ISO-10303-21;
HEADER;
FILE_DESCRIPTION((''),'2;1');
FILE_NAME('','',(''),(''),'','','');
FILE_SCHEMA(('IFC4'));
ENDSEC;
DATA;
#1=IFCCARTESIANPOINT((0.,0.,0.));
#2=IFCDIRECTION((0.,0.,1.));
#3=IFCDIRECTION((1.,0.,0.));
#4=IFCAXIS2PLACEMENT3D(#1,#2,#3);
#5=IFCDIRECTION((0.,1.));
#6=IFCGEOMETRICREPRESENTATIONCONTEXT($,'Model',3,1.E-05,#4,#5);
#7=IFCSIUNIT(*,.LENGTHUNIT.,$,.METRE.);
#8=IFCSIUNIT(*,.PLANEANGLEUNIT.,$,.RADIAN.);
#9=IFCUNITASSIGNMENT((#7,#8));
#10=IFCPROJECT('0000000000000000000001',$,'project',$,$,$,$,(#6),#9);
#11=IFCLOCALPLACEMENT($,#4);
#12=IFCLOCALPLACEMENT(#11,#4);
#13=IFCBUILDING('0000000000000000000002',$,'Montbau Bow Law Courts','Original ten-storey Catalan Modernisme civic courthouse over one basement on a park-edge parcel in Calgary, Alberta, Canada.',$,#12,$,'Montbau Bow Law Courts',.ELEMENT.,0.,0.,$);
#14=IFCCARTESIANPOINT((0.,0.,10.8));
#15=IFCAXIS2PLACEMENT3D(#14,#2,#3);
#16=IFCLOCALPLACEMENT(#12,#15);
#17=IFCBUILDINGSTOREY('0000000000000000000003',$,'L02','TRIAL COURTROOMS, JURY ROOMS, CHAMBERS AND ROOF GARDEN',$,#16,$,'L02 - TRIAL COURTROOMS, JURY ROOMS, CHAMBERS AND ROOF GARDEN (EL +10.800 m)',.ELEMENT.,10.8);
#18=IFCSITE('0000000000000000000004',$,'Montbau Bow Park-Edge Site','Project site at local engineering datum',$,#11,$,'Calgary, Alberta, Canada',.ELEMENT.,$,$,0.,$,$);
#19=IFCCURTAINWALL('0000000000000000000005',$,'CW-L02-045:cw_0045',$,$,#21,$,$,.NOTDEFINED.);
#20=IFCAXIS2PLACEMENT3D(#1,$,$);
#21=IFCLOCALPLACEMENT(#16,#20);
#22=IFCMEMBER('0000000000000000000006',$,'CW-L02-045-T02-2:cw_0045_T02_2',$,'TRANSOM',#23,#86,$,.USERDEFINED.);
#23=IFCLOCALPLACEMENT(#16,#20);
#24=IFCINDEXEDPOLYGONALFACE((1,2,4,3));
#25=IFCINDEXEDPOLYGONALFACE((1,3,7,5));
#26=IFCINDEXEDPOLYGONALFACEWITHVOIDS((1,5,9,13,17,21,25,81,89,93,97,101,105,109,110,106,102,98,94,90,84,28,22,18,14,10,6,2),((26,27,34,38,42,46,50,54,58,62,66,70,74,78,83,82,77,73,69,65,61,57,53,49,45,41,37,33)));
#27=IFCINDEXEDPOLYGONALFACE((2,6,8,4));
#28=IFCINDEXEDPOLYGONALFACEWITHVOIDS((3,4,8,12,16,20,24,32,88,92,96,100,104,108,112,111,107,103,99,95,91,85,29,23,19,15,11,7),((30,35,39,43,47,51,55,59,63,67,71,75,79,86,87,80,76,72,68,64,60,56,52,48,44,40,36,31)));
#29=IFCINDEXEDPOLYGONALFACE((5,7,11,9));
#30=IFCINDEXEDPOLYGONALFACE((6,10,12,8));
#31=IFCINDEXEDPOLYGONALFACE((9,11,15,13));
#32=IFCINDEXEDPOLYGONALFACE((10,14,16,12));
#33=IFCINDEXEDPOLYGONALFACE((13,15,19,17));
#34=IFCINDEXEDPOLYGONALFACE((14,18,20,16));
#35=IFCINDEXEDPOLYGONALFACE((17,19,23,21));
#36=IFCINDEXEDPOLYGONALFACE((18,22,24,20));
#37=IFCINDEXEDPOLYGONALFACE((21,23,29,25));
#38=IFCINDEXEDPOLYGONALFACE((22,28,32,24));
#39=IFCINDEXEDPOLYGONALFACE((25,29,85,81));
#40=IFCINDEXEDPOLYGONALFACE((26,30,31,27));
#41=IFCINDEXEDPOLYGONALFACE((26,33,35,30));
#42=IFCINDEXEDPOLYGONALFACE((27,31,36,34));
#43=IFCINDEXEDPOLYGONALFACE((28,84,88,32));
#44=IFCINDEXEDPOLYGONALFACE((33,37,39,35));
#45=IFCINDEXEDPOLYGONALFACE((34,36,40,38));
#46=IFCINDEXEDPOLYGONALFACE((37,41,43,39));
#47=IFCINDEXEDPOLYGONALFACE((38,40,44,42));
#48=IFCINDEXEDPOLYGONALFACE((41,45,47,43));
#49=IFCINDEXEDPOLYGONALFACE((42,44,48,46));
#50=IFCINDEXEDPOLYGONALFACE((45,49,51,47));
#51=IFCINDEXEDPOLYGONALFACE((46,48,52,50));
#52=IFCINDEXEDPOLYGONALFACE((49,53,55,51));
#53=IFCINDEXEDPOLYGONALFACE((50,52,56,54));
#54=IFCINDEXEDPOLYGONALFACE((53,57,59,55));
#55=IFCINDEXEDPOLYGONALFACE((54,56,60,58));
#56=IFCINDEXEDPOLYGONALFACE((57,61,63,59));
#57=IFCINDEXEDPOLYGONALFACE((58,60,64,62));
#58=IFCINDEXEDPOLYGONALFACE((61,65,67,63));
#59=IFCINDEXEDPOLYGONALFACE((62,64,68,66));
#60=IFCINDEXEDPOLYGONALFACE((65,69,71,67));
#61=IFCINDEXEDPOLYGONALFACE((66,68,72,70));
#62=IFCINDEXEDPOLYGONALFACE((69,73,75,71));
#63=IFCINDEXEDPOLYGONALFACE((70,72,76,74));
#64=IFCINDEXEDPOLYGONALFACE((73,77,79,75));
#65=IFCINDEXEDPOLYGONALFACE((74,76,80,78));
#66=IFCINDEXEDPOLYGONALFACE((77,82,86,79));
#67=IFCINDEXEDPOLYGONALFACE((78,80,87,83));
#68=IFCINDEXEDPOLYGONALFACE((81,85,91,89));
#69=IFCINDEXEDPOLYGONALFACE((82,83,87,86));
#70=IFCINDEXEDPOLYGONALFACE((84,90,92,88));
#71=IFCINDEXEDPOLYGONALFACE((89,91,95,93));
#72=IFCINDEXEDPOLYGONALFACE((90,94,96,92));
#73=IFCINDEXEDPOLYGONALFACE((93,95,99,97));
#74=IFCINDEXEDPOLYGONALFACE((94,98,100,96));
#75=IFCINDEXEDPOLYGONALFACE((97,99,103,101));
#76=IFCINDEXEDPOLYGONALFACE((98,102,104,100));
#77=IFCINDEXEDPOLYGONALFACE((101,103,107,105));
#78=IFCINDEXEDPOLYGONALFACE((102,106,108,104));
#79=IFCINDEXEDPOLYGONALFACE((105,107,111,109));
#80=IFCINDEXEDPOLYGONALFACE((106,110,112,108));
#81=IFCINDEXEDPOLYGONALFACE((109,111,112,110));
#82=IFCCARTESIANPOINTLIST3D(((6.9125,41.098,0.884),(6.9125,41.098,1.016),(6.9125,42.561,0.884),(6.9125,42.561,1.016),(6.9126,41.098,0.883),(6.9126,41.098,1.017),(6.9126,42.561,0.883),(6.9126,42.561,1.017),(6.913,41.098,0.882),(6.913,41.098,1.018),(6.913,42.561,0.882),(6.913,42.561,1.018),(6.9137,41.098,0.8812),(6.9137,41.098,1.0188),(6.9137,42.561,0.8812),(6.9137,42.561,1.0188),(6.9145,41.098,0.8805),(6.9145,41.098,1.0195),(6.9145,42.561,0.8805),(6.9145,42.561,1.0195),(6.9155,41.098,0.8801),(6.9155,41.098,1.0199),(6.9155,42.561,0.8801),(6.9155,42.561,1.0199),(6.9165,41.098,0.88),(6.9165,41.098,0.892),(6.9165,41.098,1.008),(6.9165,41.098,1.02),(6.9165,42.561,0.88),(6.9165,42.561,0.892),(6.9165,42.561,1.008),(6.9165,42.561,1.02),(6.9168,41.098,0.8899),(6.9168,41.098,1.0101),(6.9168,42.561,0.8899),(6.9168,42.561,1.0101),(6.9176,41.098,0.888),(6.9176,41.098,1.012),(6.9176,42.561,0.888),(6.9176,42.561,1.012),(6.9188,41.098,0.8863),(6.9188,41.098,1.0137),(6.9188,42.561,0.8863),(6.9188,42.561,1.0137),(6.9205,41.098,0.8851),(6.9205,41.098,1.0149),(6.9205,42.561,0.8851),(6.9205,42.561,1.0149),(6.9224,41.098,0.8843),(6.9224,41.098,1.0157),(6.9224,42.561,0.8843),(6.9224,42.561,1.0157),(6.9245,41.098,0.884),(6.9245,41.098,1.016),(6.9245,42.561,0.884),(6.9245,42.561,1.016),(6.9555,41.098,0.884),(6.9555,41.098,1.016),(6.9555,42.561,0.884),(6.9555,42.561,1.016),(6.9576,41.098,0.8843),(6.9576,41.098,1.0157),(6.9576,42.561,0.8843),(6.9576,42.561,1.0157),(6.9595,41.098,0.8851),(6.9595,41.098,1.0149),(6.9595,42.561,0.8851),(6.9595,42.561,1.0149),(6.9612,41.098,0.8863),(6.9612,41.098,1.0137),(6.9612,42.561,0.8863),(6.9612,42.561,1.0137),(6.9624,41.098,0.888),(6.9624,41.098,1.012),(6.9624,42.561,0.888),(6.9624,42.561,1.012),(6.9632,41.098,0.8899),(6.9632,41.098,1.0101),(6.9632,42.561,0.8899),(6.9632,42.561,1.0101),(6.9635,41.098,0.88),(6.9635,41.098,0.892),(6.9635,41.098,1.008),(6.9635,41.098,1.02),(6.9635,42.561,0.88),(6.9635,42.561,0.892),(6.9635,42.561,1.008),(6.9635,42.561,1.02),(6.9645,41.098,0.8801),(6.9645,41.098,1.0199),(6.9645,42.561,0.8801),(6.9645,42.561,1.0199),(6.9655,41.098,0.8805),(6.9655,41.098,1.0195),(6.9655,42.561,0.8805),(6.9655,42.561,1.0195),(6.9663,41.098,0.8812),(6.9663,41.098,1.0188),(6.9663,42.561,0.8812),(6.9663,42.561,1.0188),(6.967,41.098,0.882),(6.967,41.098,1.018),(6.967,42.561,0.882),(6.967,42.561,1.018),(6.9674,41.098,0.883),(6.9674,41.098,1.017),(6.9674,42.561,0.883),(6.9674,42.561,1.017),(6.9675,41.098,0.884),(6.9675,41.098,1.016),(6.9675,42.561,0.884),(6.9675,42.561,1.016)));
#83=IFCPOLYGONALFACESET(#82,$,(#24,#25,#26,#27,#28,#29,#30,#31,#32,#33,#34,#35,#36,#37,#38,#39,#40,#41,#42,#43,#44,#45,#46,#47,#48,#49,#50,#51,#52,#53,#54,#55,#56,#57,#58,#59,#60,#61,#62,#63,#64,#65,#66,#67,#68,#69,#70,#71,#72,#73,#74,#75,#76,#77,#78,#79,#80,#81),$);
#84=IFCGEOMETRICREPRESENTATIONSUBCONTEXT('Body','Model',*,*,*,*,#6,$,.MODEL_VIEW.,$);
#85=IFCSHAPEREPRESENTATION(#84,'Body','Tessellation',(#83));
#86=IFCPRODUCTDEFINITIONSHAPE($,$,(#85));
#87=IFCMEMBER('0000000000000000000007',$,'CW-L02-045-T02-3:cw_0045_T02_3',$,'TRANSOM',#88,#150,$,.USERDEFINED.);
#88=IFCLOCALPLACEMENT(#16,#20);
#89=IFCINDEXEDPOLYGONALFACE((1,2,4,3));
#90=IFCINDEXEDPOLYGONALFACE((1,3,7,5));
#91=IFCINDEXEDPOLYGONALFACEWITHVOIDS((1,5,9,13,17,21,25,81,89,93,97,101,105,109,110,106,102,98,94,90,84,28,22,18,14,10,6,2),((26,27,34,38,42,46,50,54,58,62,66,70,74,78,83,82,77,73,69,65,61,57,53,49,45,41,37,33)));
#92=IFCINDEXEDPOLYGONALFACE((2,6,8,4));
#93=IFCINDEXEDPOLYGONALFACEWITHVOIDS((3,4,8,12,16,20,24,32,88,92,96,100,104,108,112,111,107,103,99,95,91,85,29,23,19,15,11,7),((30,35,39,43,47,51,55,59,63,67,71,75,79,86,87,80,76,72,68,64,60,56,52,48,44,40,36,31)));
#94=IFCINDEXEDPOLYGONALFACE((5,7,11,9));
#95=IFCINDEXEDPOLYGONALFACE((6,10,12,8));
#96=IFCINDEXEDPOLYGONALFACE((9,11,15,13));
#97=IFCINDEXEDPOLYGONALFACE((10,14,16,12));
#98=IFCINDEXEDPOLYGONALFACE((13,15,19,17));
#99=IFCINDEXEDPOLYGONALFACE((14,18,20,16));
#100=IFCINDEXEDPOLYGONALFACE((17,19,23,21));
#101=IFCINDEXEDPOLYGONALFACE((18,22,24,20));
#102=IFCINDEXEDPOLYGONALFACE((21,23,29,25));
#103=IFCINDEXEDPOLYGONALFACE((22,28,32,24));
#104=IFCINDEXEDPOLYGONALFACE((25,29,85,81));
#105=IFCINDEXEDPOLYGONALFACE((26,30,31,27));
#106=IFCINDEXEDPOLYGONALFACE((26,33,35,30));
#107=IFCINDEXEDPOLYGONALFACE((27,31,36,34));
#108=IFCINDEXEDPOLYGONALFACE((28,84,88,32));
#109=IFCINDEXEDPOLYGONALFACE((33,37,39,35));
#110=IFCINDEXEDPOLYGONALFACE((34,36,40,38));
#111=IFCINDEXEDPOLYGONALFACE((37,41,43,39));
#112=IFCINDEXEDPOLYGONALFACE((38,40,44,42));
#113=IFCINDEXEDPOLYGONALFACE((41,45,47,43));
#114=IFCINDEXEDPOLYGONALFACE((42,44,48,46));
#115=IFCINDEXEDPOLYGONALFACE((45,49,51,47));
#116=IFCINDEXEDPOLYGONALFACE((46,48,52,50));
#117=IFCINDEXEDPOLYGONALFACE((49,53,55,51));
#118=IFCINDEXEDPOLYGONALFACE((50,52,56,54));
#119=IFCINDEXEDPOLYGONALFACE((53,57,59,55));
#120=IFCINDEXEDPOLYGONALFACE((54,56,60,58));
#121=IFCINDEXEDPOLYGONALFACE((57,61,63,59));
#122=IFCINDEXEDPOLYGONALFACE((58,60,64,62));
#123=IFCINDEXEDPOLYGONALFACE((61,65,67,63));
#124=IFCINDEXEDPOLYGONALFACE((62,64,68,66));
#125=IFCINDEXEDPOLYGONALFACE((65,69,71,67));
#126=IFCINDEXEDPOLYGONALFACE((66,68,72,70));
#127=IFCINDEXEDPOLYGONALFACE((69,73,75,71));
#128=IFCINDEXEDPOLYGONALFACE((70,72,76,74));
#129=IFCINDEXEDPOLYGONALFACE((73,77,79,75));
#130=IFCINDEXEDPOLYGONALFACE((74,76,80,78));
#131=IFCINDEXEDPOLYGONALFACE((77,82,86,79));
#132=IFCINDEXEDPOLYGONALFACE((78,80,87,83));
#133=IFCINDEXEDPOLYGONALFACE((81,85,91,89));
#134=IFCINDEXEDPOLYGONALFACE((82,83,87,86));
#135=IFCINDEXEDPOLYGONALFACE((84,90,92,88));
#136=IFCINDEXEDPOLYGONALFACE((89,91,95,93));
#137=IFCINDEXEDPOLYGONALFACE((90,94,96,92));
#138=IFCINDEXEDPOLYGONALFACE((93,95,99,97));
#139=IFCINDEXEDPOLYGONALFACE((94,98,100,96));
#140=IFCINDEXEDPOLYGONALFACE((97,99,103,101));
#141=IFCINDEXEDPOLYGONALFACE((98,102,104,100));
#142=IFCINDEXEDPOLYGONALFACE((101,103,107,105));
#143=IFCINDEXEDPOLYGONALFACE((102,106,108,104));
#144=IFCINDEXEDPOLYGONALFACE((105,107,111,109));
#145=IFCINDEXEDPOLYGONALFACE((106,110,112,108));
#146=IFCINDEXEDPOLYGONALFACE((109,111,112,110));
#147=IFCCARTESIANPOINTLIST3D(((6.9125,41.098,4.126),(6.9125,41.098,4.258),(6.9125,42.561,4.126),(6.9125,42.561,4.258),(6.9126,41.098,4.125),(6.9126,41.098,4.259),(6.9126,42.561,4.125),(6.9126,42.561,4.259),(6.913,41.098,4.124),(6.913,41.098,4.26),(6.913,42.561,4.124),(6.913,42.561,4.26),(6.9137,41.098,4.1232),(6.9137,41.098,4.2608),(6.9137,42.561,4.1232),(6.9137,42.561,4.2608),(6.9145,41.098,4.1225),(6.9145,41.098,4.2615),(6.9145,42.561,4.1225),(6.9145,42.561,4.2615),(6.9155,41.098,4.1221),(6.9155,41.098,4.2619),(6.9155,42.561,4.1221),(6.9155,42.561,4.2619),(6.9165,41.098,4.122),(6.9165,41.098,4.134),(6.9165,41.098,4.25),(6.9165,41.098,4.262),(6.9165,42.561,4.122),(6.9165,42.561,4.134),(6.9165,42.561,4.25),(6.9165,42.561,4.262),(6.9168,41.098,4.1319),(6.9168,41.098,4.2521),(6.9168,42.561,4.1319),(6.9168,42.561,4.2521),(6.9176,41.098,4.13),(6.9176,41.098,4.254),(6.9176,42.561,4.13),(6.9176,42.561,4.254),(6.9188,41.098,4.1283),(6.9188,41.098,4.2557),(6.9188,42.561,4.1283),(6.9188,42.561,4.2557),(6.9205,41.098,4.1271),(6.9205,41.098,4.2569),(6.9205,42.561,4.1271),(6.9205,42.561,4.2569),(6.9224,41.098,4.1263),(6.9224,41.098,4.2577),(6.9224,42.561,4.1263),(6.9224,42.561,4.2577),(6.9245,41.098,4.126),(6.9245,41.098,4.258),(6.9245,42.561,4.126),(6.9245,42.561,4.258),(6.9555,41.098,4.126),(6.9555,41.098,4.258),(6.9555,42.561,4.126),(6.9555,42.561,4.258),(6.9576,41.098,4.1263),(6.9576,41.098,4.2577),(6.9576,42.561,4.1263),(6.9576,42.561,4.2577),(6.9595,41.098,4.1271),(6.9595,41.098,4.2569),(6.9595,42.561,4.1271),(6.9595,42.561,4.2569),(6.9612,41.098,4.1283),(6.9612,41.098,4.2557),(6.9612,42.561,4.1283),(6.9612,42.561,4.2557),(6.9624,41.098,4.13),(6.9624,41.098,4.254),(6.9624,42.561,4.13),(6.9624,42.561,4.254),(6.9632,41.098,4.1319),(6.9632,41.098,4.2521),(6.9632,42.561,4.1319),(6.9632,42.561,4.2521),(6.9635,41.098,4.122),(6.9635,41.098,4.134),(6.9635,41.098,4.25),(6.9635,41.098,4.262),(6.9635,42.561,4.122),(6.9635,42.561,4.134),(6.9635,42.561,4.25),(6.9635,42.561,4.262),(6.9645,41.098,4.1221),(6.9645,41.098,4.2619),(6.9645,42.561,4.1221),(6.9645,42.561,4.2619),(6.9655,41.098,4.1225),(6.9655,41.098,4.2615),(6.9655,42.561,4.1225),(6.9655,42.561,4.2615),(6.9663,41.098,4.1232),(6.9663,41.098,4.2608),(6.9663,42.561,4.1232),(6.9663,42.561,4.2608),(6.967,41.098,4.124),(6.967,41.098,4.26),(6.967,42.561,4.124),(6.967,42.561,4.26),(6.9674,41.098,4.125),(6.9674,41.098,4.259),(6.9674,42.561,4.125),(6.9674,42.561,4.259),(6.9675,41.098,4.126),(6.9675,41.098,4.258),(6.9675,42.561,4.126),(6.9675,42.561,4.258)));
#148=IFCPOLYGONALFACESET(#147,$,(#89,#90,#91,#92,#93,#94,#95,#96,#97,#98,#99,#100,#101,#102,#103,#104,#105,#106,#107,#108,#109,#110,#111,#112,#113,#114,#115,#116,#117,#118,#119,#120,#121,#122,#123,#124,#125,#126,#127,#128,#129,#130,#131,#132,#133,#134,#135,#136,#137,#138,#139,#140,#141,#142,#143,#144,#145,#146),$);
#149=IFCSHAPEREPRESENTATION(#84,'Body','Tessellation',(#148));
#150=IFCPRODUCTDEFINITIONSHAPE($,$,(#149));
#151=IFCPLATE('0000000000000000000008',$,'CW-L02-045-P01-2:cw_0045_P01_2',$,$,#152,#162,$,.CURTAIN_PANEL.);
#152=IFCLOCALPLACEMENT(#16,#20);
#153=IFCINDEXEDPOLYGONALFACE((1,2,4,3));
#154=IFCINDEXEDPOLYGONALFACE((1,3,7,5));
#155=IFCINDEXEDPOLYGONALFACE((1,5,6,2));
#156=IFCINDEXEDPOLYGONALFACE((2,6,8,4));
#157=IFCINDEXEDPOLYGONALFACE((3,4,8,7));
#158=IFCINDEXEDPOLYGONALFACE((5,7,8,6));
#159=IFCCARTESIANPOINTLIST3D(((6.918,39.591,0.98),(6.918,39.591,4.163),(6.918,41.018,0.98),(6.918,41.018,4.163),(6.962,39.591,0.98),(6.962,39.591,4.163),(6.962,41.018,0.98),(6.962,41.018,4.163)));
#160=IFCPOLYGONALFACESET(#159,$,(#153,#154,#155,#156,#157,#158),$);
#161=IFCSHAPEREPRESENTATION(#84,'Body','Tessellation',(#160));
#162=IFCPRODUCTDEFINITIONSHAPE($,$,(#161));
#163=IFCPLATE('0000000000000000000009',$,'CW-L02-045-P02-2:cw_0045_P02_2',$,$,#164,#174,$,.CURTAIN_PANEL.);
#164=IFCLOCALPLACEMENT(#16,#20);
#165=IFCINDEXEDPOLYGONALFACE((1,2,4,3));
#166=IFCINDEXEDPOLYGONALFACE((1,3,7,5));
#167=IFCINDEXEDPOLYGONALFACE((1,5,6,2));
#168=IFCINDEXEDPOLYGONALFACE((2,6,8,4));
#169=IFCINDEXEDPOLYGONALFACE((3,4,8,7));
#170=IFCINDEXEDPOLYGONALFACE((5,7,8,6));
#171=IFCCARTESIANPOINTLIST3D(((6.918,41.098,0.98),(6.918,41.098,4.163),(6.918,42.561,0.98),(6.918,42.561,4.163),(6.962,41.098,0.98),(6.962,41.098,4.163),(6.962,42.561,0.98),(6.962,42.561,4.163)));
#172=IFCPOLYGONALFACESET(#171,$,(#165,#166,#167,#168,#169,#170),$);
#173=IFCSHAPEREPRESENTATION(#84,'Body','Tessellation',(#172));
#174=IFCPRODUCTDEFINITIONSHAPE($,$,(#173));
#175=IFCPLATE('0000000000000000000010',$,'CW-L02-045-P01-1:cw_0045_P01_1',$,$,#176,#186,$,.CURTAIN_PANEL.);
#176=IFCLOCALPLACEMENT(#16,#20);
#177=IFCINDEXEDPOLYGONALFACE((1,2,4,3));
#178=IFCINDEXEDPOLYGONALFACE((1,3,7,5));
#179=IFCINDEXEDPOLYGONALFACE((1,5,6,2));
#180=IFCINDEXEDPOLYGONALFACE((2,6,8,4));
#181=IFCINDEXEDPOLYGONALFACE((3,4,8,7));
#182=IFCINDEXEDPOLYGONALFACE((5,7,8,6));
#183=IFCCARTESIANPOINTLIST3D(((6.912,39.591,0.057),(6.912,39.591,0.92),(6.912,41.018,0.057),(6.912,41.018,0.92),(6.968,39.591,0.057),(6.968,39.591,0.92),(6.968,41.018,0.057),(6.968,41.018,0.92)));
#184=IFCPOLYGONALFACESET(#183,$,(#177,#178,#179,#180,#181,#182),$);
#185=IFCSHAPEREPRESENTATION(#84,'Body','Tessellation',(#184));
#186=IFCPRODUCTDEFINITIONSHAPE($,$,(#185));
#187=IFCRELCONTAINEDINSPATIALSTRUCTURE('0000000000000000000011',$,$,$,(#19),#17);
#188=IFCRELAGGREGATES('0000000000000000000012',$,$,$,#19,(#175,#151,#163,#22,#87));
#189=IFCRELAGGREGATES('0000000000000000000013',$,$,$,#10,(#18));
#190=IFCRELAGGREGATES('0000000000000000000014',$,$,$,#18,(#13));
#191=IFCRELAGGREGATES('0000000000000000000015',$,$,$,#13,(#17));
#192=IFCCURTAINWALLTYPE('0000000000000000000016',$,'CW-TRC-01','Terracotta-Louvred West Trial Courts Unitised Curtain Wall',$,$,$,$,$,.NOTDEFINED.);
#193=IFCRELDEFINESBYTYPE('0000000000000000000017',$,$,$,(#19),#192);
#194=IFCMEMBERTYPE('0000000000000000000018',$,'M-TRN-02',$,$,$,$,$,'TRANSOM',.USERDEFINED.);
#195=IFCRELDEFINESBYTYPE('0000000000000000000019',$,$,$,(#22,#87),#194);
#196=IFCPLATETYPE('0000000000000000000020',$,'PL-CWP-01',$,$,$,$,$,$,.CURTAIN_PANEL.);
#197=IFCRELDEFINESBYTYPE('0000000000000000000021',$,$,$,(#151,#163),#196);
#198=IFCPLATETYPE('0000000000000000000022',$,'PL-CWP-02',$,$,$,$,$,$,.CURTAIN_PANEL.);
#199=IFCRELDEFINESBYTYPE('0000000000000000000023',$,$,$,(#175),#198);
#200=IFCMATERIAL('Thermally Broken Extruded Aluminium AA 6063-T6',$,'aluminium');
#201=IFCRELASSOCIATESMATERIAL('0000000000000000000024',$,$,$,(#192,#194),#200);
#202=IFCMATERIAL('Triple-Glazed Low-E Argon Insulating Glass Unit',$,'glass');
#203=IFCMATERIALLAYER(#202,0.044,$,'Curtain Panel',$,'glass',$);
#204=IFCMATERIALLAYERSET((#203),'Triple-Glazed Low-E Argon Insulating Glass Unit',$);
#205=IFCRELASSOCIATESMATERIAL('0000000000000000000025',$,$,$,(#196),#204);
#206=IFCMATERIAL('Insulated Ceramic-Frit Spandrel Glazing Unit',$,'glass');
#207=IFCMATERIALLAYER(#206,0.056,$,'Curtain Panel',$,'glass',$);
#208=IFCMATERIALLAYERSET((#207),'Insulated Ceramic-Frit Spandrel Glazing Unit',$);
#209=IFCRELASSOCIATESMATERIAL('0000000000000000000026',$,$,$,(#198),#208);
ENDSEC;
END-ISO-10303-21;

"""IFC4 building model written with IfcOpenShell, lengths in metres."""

from ifc_helpers import new_model, si_unit, direction, frame, frame_2d, origin_with_axes, origin_2d_with_axis, place, context, subcontext, project, spatial, rectangle, hollow_rectangle, extrude, material, layer, layer_set, material_profile, profile_set, type_object, element, aggregate, save


model = new_model("IFC4")

# Units and contexts
model_context = context("Model", 3, precision=1e-05, world=origin_with_axes(), true_north=direction((0.0, 1.0)))
body_context = subcontext(model_context, "Body", "Model", "MODEL_VIEW")
ifc_project = project(units=[si_unit("LENGTHUNIT", "METRE"), si_unit("PLANEANGLEUNIT", "RADIAN")], contexts=[model_context])

# Site, building, storey
site_placement = place(None, origin_with_axes())
site = spatial("IfcSite", under=ifc_project, at=site_placement, Name="Montbau Bow Park-Edge Site", Description="Project site at local engineering datum", LongName="Calgary, Alberta, Canada", CompositionType="ELEMENT", RefElevation=0.0)
building_placement = place(site_placement, origin_with_axes())
building = spatial("IfcBuilding", under=site, at=building_placement, Name="Montbau Bow Law Courts", Description="Original ten-storey Catalan Modernisme civic courthouse over one basement on a park-edge parcel in Calgary, Alberta, Canada.", LongName="Montbau Bow Law Courts", CompositionType="ELEMENT", ElevationOfRefHeight=0.0, ElevationOfTerrain=0.0)
storey_placement = place(building_placement, frame((0.0, 0.0, 10.8), z_axis=(0.0, 0.0, 1.0), x_axis=(1.0, 0.0, 0.0)))
storey = spatial("IfcBuildingStorey", under=building, at=storey_placement, Name="L02", Description="TRIAL COURTROOMS, JURY ROOMS, CHAMBERS AND ROOF GARDEN", LongName="L02 - TRIAL COURTROOMS, JURY ROOMS, CHAMBERS AND ROOF GARDEN (EL +10.800 m)", CompositionType="ELEMENT", Elevation=10.8)

# Curtain wall, members, plates
ifc_material_1 = material(Name="Thermally Broken Extruded Aluminium AA 6063-T6", Category="aluminium")
curtain_wall_type = type_object("IfcCurtainWallType", Name="CW-TRC-01", Description="Terracotta-Louvred West Trial Courts Unitised Curtain Wall", PredefinedType="NOTDEFINED", material=ifc_material_1)
curtain_wall_placement = place(None, frame((6.94, 39.515, 10.8), z_axis=(0.0, 0.0, 1.0), x_axis=(1.0, 0.0, 0.0)))
curtain_wall = element("IfcCurtainWall", 1, at=curtain_wall_placement, inside=storey, type_object=curtain_wall_type, Name="CW-L02-045:cw_0045", PredefinedType="NOTDEFINED")
ifc_material_profile_1 = material_profile(ifc_material_1, hollow_rectangle(XDim=0.055, YDim=0.14, WallThickness=0.004, InnerFilletRadius=0.008, OuterFilletRadius=0.004, at=origin_2d_with_axis()), Name="CWT-140X55", Category="Main", Priority=0)
ifc_profile_set_1 = profile_set([ifc_material_profile_1], Name="Thermally Broken Extruded Aluminium AA 6063-T6")
member_type_1 = type_object("IfcMemberType", Name="M-TRN-02", ElementType="TRANSOM", PredefinedType="USERDEFINED", material=ifc_profile_set_1)
member_1_placement = place(None, frame((6.94, 41.098, 11.75), z_axis=(0.0, 1.0, 0.0), x_axis=(-1.0, 0.0, 0.0)))
member_1 = element("IfcMember", 2, at=member_1_placement, type_object=member_type_1, Name="CW-L02-045-T02-2:cw_0045_T02_2", ObjectType="TRANSOM", PredefinedType="USERDEFINED", context=body_context, shape_type="SweptSolid", body=[
    extrude(hollow_rectangle(XDim=0.055, YDim=0.14, WallThickness=0.004, InnerFilletRadius=0.008, OuterFilletRadius=0.004, at=origin_2d_with_axis()), origin_with_axes(), (0.0, 0.0, 1.0), 1.463),
])
member_2_placement = place(None, frame((6.94, 41.098, 14.992), z_axis=(0.0, 1.0, 0.0), x_axis=(-1.0, 0.0, 0.0)))
member_2 = element("IfcMember", 3, at=member_2_placement, type_object=member_type_1, Name="CW-L02-045-T02-3:cw_0045_T02_3", ObjectType="TRANSOM", PredefinedType="USERDEFINED", context=body_context, shape_type="SweptSolid", body=[
    extrude(hollow_rectangle(XDim=0.055, YDim=0.14, WallThickness=0.004, InnerFilletRadius=0.008, OuterFilletRadius=0.004, at=origin_2d_with_axis()), origin_with_axes(), (0.0, 0.0, 1.0), 1.463),
])
ifc_material_2 = material(Name="Triple-Glazed Low-E Argon Insulating Glass Unit", Category="glass")
ifc_layer_1 = layer(ifc_material_2, 0.044, Name="Curtain Panel", Category="glass")
ifc_layer_set_1 = layer_set([ifc_layer_1], Name="Triple-Glazed Low-E Argon Insulating Glass Unit")
plate_type_1 = type_object("IfcPlateType", Name="PL-CWP-01", PredefinedType="CURTAIN_PANEL", material=ifc_layer_set_1)
plate_1_placement = place(None, frame((6.94, 39.591, 11.78), z_axis=(1.0, 0.0, 0.0), x_axis=(0.0, 1.0, 0.0)))
plate_1 = element("IfcPlate", 4, at=plate_1_placement, type_object=plate_type_1, Name="CW-L02-045-P01-2:cw_0045_P01_2", PredefinedType="CURTAIN_PANEL", context=body_context, shape_type="SweptSolid", body=[
    extrude(rectangle(XDim=1.427, YDim=3.183, at=frame_2d((0.7135, 1.5915), x_axis=(1.0, 0.0))), frame((0.0, 0.0, -0.022), z_axis=(0.0, 0.0, 1.0), x_axis=(1.0, 0.0, 0.0)), (0.0, 0.0, 1.0), 0.044),
])
plate_2_placement = place(None, frame((6.94, 41.098, 11.78), z_axis=(1.0, 0.0, 0.0), x_axis=(0.0, 1.0, 0.0)))
plate_2 = element("IfcPlate", 5, at=plate_2_placement, type_object=plate_type_1, Name="CW-L02-045-P02-2:cw_0045_P02_2", PredefinedType="CURTAIN_PANEL", context=body_context, shape_type="SweptSolid", body=[
    extrude(rectangle(XDim=1.463, YDim=3.183, at=frame_2d((0.7315, 1.5915), x_axis=(1.0, 0.0))), frame((0.0, 0.0, -0.022), z_axis=(0.0, 0.0, 1.0), x_axis=(1.0, 0.0, 0.0)), (0.0, 0.0, 1.0), 0.044),
])
ifc_material_3 = material(Name="Insulated Ceramic-Frit Spandrel Glazing Unit", Category="glass")
ifc_layer_2 = layer(ifc_material_3, 0.056, Name="Curtain Panel", Category="glass")
ifc_layer_set_2 = layer_set([ifc_layer_2], Name="Insulated Ceramic-Frit Spandrel Glazing Unit")
plate_type_2 = type_object("IfcPlateType", Name="PL-CWP-02", PredefinedType="CURTAIN_PANEL", material=ifc_layer_set_2)
plate_3_placement = place(None, frame((6.94, 39.591, 10.857), z_axis=(1.0, 0.0, 0.0), x_axis=(0.0, 1.0, 0.0)))
plate_3 = element("IfcPlate", 6, at=plate_3_placement, type_object=plate_type_2, Name="CW-L02-045-P01-1:cw_0045_P01_1", PredefinedType="CURTAIN_PANEL", context=body_context, shape_type="SweptSolid", body=[
    extrude(rectangle(XDim=1.427, YDim=0.863, at=frame_2d((0.7135, 0.4315), x_axis=(1.0, 0.0))), frame((0.0, 0.0, -0.028), z_axis=(0.0, 0.0, 1.0), x_axis=(1.0, 0.0, 0.0)), (0.0, 0.0, 1.0), 0.056),
])
aggregate(curtain_wall, [plate_3, plate_1, plate_2, member_1, member_2])

save(model, "model.ifc")
